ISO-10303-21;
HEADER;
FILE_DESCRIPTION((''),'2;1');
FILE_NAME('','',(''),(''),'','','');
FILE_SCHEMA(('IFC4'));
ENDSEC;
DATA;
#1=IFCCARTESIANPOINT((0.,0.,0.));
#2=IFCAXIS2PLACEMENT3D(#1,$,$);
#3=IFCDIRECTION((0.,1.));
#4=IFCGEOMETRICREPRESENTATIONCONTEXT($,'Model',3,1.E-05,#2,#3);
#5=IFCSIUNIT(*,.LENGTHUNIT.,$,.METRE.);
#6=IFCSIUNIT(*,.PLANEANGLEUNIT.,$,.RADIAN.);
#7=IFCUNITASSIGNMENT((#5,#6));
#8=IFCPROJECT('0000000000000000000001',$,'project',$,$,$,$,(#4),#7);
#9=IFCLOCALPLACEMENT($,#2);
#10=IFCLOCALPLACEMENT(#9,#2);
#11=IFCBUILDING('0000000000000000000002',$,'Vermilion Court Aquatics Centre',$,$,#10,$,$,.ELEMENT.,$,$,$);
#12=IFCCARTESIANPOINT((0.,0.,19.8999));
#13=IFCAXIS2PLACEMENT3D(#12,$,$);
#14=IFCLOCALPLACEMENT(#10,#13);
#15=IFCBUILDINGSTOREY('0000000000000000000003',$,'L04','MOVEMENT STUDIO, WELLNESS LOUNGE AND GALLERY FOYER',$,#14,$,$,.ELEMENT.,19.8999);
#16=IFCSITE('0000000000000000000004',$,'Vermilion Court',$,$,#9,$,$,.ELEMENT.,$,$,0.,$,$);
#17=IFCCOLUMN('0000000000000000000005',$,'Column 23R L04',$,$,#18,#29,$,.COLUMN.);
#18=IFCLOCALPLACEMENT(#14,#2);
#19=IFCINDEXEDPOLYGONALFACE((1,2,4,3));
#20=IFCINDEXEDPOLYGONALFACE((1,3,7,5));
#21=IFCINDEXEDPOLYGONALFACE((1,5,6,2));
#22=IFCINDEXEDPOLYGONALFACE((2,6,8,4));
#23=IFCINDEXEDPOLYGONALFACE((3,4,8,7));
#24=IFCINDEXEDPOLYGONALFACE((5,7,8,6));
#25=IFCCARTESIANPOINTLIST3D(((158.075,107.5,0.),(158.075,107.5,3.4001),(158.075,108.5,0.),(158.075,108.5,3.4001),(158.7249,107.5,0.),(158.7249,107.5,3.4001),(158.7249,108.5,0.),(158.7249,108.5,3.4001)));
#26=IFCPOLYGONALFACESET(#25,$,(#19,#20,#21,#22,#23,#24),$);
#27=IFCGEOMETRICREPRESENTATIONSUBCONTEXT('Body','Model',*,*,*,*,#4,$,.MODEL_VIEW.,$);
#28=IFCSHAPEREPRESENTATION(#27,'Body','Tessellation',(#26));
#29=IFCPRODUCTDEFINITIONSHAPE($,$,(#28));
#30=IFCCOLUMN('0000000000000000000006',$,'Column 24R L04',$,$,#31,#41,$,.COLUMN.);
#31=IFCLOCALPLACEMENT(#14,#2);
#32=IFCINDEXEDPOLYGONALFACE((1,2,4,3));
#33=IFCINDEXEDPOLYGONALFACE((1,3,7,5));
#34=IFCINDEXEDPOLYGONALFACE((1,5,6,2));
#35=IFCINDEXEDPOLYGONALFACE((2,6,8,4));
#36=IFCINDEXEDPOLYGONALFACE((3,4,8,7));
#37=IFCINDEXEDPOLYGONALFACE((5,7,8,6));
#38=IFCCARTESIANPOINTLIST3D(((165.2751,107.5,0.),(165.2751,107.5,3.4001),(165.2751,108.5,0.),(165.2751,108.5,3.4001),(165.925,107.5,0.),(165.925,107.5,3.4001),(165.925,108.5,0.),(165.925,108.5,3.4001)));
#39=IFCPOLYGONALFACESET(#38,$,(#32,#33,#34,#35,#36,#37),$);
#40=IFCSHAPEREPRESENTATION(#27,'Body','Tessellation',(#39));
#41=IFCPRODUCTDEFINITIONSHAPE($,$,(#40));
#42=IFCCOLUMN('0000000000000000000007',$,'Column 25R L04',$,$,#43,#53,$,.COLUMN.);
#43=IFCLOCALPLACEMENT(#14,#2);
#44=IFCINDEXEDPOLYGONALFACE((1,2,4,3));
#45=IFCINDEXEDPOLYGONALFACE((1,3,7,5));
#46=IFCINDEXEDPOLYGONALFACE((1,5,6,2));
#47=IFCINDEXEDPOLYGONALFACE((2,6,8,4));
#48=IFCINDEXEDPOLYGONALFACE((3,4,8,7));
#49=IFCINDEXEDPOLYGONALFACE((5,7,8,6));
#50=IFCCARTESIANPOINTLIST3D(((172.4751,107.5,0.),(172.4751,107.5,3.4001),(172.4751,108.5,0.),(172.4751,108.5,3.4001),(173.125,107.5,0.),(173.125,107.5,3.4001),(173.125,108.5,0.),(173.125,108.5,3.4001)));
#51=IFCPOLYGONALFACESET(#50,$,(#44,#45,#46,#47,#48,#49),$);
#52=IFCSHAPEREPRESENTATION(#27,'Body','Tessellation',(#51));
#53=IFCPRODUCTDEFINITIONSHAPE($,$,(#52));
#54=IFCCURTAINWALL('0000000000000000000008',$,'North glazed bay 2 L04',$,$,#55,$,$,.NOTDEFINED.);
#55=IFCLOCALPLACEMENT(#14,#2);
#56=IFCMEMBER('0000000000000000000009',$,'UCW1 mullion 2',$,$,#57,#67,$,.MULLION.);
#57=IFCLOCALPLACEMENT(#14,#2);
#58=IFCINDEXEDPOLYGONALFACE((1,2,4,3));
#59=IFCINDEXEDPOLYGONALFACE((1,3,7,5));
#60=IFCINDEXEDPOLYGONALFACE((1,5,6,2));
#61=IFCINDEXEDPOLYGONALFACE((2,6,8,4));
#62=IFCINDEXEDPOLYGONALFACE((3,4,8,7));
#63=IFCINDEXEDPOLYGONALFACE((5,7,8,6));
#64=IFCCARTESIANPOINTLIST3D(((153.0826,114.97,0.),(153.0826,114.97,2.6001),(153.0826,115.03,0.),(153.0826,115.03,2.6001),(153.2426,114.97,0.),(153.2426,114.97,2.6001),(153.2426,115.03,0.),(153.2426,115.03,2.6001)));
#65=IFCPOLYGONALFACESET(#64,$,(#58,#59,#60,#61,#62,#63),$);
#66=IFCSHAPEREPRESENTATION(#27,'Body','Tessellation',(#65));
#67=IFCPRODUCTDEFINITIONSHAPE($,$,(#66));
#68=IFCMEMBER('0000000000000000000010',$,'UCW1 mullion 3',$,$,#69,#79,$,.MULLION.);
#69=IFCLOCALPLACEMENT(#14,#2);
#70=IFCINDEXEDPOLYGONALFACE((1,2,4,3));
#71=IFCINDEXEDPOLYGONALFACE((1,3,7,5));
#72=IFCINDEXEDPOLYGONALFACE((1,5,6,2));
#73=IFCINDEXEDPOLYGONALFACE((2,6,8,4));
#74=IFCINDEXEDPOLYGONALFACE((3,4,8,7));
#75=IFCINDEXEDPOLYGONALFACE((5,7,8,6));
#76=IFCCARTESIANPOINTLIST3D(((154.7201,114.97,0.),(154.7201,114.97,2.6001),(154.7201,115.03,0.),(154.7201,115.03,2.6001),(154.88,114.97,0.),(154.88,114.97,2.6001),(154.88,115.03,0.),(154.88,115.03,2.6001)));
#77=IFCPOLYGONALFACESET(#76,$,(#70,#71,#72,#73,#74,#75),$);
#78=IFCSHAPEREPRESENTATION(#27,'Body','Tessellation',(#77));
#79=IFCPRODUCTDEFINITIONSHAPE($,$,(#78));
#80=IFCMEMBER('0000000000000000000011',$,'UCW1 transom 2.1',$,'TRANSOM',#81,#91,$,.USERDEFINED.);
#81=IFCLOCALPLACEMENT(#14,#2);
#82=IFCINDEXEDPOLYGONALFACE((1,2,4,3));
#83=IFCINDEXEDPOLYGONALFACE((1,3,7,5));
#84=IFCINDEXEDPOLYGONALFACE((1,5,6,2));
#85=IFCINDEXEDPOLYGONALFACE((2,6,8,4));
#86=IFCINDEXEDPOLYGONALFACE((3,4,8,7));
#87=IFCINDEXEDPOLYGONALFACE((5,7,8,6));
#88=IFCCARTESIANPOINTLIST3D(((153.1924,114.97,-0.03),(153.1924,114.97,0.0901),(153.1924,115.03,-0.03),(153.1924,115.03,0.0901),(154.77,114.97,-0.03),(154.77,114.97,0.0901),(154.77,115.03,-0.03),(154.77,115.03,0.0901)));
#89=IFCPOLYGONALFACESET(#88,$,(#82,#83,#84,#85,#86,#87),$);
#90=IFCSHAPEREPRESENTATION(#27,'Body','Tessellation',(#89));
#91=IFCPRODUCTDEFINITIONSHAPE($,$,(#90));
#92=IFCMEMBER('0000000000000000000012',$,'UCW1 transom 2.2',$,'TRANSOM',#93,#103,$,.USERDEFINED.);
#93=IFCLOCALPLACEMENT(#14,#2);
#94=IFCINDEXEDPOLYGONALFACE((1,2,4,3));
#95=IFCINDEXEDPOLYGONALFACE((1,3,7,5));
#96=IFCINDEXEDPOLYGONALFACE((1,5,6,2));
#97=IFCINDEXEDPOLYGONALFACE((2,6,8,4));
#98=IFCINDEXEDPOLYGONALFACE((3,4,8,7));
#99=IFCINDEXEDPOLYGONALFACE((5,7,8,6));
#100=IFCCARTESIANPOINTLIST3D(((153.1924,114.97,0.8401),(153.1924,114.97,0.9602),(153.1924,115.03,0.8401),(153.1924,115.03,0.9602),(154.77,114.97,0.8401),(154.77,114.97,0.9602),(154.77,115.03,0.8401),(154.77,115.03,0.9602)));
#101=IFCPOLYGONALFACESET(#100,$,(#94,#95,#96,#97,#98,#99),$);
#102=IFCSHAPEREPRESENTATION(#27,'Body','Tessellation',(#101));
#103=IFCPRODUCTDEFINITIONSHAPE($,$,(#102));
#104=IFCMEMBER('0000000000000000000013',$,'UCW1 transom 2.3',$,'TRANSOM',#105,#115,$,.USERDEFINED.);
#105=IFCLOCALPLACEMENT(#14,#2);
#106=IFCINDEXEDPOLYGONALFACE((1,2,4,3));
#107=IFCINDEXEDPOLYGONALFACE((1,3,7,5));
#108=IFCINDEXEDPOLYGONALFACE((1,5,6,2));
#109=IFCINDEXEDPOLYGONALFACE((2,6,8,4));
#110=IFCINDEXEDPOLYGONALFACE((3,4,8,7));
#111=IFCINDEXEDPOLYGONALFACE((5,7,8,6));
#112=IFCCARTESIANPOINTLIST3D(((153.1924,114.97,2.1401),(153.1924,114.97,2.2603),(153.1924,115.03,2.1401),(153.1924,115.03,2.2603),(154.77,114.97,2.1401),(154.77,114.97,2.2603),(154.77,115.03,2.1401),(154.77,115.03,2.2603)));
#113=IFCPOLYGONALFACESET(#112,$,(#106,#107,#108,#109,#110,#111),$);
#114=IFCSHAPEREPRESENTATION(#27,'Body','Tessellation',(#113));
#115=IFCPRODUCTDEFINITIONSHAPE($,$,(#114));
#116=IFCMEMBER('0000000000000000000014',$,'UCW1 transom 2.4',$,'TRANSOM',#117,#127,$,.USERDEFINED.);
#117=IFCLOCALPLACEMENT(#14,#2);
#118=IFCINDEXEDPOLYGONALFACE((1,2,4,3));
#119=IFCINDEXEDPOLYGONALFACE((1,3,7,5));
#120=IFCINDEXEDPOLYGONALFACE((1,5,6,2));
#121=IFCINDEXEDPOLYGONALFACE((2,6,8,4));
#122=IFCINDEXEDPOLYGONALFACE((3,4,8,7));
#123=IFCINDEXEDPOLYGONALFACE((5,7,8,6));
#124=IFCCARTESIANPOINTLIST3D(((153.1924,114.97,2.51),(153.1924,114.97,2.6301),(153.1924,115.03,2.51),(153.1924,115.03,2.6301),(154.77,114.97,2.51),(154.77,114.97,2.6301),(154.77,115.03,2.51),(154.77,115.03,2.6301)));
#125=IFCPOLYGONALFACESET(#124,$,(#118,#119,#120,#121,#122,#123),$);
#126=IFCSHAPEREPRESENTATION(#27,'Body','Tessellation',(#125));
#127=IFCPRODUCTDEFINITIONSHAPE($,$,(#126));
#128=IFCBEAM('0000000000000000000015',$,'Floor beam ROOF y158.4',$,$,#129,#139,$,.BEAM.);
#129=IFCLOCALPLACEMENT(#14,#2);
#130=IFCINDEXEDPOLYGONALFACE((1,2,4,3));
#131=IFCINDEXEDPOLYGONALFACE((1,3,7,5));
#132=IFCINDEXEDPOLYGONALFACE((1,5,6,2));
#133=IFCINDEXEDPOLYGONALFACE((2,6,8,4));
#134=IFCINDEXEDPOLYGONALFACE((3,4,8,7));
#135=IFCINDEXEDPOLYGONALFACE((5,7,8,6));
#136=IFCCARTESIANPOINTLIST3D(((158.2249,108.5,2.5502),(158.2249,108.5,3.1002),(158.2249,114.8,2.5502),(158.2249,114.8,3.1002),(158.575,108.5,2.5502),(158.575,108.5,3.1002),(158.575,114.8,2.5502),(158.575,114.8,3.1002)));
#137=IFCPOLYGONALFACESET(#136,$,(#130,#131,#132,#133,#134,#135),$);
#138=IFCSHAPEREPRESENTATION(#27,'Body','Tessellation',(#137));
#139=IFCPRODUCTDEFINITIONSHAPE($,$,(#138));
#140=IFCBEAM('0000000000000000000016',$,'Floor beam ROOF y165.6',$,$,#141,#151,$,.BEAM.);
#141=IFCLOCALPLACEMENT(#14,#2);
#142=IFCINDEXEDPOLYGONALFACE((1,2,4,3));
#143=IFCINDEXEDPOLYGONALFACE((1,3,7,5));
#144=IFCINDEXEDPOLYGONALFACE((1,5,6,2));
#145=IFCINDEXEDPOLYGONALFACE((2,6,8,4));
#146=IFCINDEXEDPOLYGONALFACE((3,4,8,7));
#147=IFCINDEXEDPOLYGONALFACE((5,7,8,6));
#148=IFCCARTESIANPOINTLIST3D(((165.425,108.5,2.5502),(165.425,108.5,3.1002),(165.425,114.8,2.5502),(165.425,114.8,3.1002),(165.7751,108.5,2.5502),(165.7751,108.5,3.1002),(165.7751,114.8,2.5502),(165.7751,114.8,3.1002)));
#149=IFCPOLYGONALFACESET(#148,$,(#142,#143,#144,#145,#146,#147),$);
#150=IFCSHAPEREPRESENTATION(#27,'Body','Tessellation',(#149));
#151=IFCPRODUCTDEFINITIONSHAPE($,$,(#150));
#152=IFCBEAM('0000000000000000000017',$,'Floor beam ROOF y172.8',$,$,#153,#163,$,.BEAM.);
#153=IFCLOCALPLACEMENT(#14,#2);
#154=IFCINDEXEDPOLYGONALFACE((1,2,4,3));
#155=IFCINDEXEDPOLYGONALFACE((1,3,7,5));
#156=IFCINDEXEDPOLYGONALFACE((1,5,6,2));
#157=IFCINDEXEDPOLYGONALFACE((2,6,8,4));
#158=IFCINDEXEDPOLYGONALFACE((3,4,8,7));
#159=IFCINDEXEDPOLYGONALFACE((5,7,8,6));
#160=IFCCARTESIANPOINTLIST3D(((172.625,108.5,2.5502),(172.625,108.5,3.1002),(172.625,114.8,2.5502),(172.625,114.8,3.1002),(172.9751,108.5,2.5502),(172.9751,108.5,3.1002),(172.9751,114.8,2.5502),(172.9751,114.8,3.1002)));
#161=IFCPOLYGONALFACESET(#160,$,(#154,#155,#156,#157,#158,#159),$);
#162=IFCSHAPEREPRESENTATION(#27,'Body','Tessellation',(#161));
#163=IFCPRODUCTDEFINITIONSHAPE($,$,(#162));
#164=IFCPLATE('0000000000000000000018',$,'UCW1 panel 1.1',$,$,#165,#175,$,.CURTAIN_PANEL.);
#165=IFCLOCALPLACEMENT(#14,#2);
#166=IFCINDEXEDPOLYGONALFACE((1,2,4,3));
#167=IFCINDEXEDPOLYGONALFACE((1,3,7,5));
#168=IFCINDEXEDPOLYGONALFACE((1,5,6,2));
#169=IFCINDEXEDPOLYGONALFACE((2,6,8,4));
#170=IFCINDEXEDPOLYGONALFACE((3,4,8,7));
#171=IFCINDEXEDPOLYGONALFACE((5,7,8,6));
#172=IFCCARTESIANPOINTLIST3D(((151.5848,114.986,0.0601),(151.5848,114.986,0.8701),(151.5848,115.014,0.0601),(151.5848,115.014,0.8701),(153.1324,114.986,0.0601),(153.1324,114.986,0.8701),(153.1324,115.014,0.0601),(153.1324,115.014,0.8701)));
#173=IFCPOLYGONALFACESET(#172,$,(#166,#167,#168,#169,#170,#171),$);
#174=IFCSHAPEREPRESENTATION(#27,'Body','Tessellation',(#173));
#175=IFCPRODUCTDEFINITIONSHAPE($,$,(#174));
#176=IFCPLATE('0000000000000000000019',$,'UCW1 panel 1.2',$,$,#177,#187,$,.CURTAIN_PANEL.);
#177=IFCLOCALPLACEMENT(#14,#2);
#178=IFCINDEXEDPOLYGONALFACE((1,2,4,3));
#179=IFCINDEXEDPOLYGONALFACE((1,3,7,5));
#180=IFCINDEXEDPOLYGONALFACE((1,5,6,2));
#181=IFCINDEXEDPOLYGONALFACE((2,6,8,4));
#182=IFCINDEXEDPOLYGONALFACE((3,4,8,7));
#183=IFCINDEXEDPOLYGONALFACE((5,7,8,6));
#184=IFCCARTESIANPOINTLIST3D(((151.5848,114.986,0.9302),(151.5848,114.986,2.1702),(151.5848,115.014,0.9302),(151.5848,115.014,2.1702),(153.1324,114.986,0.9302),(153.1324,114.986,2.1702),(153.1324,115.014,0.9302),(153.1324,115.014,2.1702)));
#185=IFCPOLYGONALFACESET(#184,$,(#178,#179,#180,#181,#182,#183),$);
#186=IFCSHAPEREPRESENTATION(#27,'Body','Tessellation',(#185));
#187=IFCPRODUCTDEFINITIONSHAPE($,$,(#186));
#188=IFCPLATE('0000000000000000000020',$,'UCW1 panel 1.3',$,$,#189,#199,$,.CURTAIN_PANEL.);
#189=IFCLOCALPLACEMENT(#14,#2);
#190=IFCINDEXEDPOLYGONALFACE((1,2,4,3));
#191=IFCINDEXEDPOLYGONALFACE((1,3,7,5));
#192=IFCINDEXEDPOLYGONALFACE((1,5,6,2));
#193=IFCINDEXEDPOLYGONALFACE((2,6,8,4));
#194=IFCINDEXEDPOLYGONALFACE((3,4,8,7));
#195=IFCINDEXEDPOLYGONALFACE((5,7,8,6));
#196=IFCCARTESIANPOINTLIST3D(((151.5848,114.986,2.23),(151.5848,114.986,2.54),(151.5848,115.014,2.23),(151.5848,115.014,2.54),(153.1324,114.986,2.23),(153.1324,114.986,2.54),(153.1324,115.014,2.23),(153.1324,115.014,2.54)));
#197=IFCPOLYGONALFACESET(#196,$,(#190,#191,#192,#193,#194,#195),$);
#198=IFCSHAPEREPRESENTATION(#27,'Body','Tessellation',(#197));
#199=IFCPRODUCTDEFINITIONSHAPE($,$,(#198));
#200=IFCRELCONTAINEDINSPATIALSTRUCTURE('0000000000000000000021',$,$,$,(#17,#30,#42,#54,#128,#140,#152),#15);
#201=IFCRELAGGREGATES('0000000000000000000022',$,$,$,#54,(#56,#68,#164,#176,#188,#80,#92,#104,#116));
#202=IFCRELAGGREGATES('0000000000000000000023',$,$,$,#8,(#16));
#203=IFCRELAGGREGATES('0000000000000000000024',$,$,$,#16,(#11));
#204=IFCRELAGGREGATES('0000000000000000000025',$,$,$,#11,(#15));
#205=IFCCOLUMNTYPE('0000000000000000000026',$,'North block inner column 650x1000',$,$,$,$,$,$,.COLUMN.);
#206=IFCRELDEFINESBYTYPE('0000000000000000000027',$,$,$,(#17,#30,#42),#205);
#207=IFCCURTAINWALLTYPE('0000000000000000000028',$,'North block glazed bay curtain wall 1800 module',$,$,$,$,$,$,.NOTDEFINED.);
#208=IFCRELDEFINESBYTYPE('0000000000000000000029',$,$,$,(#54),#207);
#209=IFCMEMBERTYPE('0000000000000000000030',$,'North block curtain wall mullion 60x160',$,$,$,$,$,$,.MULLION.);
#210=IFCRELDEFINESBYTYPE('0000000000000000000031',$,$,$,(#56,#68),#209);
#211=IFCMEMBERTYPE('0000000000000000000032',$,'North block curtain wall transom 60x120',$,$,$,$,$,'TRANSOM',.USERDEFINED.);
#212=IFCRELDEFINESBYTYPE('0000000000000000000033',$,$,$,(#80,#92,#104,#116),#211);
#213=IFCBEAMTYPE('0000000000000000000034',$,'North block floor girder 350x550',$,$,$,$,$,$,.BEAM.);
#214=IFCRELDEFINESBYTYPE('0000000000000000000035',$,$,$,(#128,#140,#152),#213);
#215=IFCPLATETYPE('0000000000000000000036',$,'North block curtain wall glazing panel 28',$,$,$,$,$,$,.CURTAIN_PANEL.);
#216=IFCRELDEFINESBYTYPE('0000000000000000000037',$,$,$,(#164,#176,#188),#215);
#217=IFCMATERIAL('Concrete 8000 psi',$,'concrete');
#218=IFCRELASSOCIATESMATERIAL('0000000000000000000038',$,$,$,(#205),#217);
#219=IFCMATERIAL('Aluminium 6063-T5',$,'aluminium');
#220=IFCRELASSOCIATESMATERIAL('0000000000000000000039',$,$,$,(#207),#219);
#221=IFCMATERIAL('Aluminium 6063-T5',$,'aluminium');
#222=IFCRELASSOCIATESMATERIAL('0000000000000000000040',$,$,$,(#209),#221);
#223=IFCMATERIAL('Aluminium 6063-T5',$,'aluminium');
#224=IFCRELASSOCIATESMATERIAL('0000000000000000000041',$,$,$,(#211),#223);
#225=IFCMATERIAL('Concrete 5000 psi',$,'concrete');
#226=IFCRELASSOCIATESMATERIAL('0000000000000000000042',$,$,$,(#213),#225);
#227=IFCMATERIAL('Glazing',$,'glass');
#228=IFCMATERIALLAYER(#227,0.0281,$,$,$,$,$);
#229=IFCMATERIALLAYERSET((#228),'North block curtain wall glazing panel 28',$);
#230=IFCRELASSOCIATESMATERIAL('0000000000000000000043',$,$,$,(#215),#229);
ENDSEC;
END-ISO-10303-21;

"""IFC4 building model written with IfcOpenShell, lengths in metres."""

from ifc_helpers import new_model, si_unit, direction, frame, origin, origin_2d, place, context, subcontext, project, spatial, rectangle, extrude, material, layer, layer_set, material_profile, profile_set, type_object, element, aggregate, save


model = new_model("IFC4")

# Units and contexts
model_context = context("Model", 3, precision=1e-05, world=origin(), true_north=direction((0.0, 1.0)))
body_context = subcontext(model_context, "Body", "Model", "MODEL_VIEW")
ifc_project = project(units=[si_unit("LENGTHUNIT", "METRE"), si_unit("PLANEANGLEUNIT", "RADIAN")], contexts=[model_context])

# Site, building, storey
site_placement = place(None, origin())
site = spatial("IfcSite", under=ifc_project, at=site_placement, Name="Vermilion Court", CompositionType="ELEMENT", RefElevation=0.0)
building_placement = place(site_placement, origin())
building = spatial("IfcBuilding", under=site, at=building_placement, Name="Vermilion Court Aquatics Centre", CompositionType="ELEMENT")
storey_placement = place(building_placement, frame((0.0, 0.0, 19.8999)))
storey = spatial("IfcBuildingStorey", under=building, at=storey_placement, Name="L04", Description="MOVEMENT STUDIO, WELLNESS LOUNGE AND GALLERY FOYER", CompositionType="ELEMENT", Elevation=19.8999)

# Columns
ifc_material_1 = material(Name="Concrete 8000 psi", Category="concrete")
ifc_material_profile_1 = material_profile(ifc_material_1, rectangle(XDim=0.6499, YDim=1.0, at=origin_2d()), Name="RC 650x1000")
ifc_profile_set_1 = profile_set([ifc_material_profile_1], Name="Concrete 8000 psi")
column_type = type_object("IfcColumnType", Name="North block inner column 650x1000", PredefinedType="COLUMN", material=ifc_profile_set_1)
for number, where, z_axis, x_axis, name in (
    (1, (158.3999, 108.0, 0.0), (0.0, 0.0, 1.0), (1.0, 0.0, 0.0), "Column 23R L04"),
    (2, (165.6001, 108.0, 0.0), (0.0, 0.0, 1.0), (1.0, 0.0, 0.0), "Column 24R L04"),
    (3, (172.8, 108.0, 0.0), (0.0, 0.0, 1.0), (1.0, 0.0, 0.0), "Column 25R L04"),
):
    element("IfcColumn", number, at=place(storey_placement, frame(where, z_axis=z_axis, x_axis=x_axis)), inside=storey, type_object=column_type, Name=name, PredefinedType="COLUMN", context=body_context, shape_type="SweptSolid", body=[
        extrude(rectangle(XDim=0.6499, YDim=1.0, at=origin_2d()), origin(), (0.0, 0.0, 1.0), 3.4001),
    ])

# Curtain wall, members
ifc_material_2 = material(Name="Aluminium 6063-T5", Category="aluminium")
curtain_wall_type = type_object("IfcCurtainWallType", Name="North block glazed bay curtain wall 1800 module", PredefinedType="NOTDEFINED", material=ifc_material_2)
curtain_wall_placement = place(storey_placement, origin())
curtain_wall = element("IfcCurtainWall", 4, at=curtain_wall_placement, inside=storey, type_object=curtain_wall_type, Name="North glazed bay 2 L04", PredefinedType="NOTDEFINED")
ifc_material_3 = material(Name="Aluminium 6063-T5", Category="aluminium")
ifc_material_profile_2 = material_profile(ifc_material_3, rectangle(XDim=0.0601, YDim=0.1599, at=origin_2d()), Name="AL 60x160")
ifc_profile_set_2 = profile_set([ifc_material_profile_2], Name="Aluminium 6063-T5")
member_type_1 = type_object("IfcMemberType", Name="North block curtain wall mullion 60x160", PredefinedType="MULLION", material=ifc_profile_set_2)
member_1_placement = place(storey_placement, frame((153.1626, 115.0, 0.0), z_axis=(0.0, 0.0, 1.0), x_axis=(0.0, 1.0, 0.0)))
member_1 = element("IfcMember", 5, at=member_1_placement, type_object=member_type_1, Name="UCW1 mullion 2", PredefinedType="MULLION", context=body_context, shape_type="SweptSolid", body=[
    extrude(rectangle(XDim=0.0601, YDim=0.1599, at=origin_2d()), origin(), (0.0, 0.0, 1.0), 2.6001),
])
member_2_placement = place(storey_placement, frame((154.8, 115.0, 0.0), z_axis=(0.0, 0.0, 1.0), x_axis=(0.0, 1.0, 0.0)))
member_2 = element("IfcMember", 6, at=member_2_placement, type_object=member_type_1, Name="UCW1 mullion 3", PredefinedType="MULLION", context=body_context, shape_type="SweptSolid", body=[
    extrude(rectangle(XDim=0.0601, YDim=0.1599, at=origin_2d()), origin(), (0.0, 0.0, 1.0), 2.6001),
])
ifc_material_4 = material(Name="Aluminium 6063-T5", Category="aluminium")
ifc_material_profile_3 = material_profile(ifc_material_4, rectangle(XDim=0.0601, YDim=0.1201, at=origin_2d()), Name="AL 60x120")
ifc_profile_set_3 = profile_set([ifc_material_profile_3], Name="Aluminium 6063-T5")
member_type_2 = type_object("IfcMemberType", Name="North block curtain wall transom 60x120", ElementType="TRANSOM", PredefinedType="USERDEFINED", material=ifc_profile_set_3)
member_3_placement = place(storey_placement, frame((153.1924, 115.0, 0.03), z_axis=(1.0, 0.0, 0.0), x_axis=(0.0, 1.0, 0.0)))
member_3 = element("IfcMember", 7, at=member_3_placement, type_object=member_type_2, Name="UCW1 transom 2.1", ObjectType="TRANSOM", PredefinedType="USERDEFINED", context=body_context, shape_type="SweptSolid", body=[
    extrude(rectangle(XDim=0.0601, YDim=0.1201, at=origin_2d()), origin(), (0.0, 0.0, 1.0), 1.5776),
])
member_4_placement = place(storey_placement, frame((153.1924, 115.0, 0.9001), z_axis=(1.0, 0.0, 0.0), x_axis=(0.0, 1.0, 0.0)))
member_4 = element("IfcMember", 8, at=member_4_placement, type_object=member_type_2, Name="UCW1 transom 2.2", ObjectType="TRANSOM", PredefinedType="USERDEFINED", context=body_context, shape_type="SweptSolid", body=[
    extrude(rectangle(XDim=0.0601, YDim=0.1201, at=origin_2d()), origin(), (0.0, 0.0, 1.0), 1.5776),
])
member_5_placement = place(storey_placement, frame((153.1924, 115.0, 2.2002), z_axis=(1.0, 0.0, 0.0), x_axis=(0.0, 1.0, 0.0)))
member_5 = element("IfcMember", 9, at=member_5_placement, type_object=member_type_2, Name="UCW1 transom 2.3", ObjectType="TRANSOM", PredefinedType="USERDEFINED", context=body_context, shape_type="SweptSolid", body=[
    extrude(rectangle(XDim=0.0601, YDim=0.1201, at=origin_2d()), origin(), (0.0, 0.0, 1.0), 1.5776),
])
member_6_placement = place(storey_placement, frame((153.1924, 115.0, 2.5701), z_axis=(1.0, 0.0, 0.0), x_axis=(0.0, 1.0, 0.0)))
member_6 = element("IfcMember", 10, at=member_6_placement, type_object=member_type_2, Name="UCW1 transom 2.4", ObjectType="TRANSOM", PredefinedType="USERDEFINED", context=body_context, shape_type="SweptSolid", body=[
    extrude(rectangle(XDim=0.0601, YDim=0.1201, at=origin_2d()), origin(), (0.0, 0.0, 1.0), 1.5776),
])

# Beams
ifc_material_5 = material(Name="Concrete 5000 psi", Category="concrete")
ifc_material_profile_4 = material_profile(ifc_material_5, rectangle(XDim=0.3501, YDim=0.55, at=origin_2d()), Name="RC 350x550")
ifc_profile_set_4 = profile_set([ifc_material_profile_4], Name="Concrete 5000 psi")
beam_type = type_object("IfcBeamType", Name="North block floor girder 350x550", PredefinedType="BEAM", material=ifc_profile_set_4)
for number, where, z_axis, x_axis, name in (
    (11, (158.3999, 108.5, 2.8252), (0.0, 1.0, 0.0), (-1.0, 0.0, 0.0), "Floor beam ROOF y158.4"),
    (12, (165.6001, 108.5, 2.8252), (0.0, 1.0, 0.0), (-1.0, 0.0, 0.0), "Floor beam ROOF y165.6"),
    (13, (172.8, 108.5, 2.8252), (0.0, 1.0, 0.0), (-1.0, 0.0, 0.0), "Floor beam ROOF y172.8"),
):
    element("IfcBeam", number, at=place(storey_placement, frame(where, z_axis=z_axis, x_axis=x_axis)), inside=storey, type_object=beam_type, Name=name, PredefinedType="BEAM", context=body_context, shape_type="SweptSolid", body=[
        extrude(rectangle(XDim=0.3501, YDim=0.55, at=origin_2d()), origin(), (0.0, 0.0, 1.0), 6.3),
    ])

# Plates
ifc_material_6 = material(Name="Glazing", Category="glass")
ifc_layer_1 = layer(ifc_material_6, 0.0281)
ifc_layer_set_1 = layer_set([ifc_layer_1], Name="North block curtain wall glazing panel 28")
plate_type = type_object("IfcPlateType", Name="North block curtain wall glazing panel 28", PredefinedType="CURTAIN_PANEL", material=ifc_layer_set_1)
plate_1_placement = place(storey_placement, frame((152.3586, 115.0, 0.0601), z_axis=(0.0, 0.0, 1.0), x_axis=(1.0, 0.0, 0.0)))
plate_1 = element("IfcPlate", 14, at=plate_1_placement, type_object=plate_type, Name="UCW1 panel 1.1", PredefinedType="CURTAIN_PANEL", context=body_context, shape_type="SweptSolid", body=[
    extrude(rectangle(XDim=1.5476, YDim=0.0281, at=origin_2d()), origin(), (0.0, 0.0, 1.0), 0.8101),
])
plate_2_placement = place(storey_placement, frame((152.3586, 115.0, 0.9302), z_axis=(0.0, 0.0, 1.0), x_axis=(1.0, 0.0, 0.0)))
plate_2 = element("IfcPlate", 15, at=plate_2_placement, type_object=plate_type, Name="UCW1 panel 1.2", PredefinedType="CURTAIN_PANEL", context=body_context, shape_type="SweptSolid", body=[
    extrude(rectangle(XDim=1.5476, YDim=0.0281, at=origin_2d()), origin(), (0.0, 0.0, 1.0), 1.24),
])
plate_3_placement = place(storey_placement, frame((152.3586, 115.0, 2.23), z_axis=(0.0, 0.0, 1.0), x_axis=(1.0, 0.0, 0.0)))
plate_3 = element("IfcPlate", 16, at=plate_3_placement, type_object=plate_type, Name="UCW1 panel 1.3", PredefinedType="CURTAIN_PANEL", context=body_context, shape_type="SweptSolid", body=[
    extrude(rectangle(XDim=1.5476, YDim=0.0281, at=origin_2d()), origin(), (0.0, 0.0, 1.0), 0.3101),
])
aggregate(curtain_wall, [member_1, member_2, plate_1, plate_2, plate_3, member_3, member_4, member_5, member_6])

save(model, "model.ifc")
